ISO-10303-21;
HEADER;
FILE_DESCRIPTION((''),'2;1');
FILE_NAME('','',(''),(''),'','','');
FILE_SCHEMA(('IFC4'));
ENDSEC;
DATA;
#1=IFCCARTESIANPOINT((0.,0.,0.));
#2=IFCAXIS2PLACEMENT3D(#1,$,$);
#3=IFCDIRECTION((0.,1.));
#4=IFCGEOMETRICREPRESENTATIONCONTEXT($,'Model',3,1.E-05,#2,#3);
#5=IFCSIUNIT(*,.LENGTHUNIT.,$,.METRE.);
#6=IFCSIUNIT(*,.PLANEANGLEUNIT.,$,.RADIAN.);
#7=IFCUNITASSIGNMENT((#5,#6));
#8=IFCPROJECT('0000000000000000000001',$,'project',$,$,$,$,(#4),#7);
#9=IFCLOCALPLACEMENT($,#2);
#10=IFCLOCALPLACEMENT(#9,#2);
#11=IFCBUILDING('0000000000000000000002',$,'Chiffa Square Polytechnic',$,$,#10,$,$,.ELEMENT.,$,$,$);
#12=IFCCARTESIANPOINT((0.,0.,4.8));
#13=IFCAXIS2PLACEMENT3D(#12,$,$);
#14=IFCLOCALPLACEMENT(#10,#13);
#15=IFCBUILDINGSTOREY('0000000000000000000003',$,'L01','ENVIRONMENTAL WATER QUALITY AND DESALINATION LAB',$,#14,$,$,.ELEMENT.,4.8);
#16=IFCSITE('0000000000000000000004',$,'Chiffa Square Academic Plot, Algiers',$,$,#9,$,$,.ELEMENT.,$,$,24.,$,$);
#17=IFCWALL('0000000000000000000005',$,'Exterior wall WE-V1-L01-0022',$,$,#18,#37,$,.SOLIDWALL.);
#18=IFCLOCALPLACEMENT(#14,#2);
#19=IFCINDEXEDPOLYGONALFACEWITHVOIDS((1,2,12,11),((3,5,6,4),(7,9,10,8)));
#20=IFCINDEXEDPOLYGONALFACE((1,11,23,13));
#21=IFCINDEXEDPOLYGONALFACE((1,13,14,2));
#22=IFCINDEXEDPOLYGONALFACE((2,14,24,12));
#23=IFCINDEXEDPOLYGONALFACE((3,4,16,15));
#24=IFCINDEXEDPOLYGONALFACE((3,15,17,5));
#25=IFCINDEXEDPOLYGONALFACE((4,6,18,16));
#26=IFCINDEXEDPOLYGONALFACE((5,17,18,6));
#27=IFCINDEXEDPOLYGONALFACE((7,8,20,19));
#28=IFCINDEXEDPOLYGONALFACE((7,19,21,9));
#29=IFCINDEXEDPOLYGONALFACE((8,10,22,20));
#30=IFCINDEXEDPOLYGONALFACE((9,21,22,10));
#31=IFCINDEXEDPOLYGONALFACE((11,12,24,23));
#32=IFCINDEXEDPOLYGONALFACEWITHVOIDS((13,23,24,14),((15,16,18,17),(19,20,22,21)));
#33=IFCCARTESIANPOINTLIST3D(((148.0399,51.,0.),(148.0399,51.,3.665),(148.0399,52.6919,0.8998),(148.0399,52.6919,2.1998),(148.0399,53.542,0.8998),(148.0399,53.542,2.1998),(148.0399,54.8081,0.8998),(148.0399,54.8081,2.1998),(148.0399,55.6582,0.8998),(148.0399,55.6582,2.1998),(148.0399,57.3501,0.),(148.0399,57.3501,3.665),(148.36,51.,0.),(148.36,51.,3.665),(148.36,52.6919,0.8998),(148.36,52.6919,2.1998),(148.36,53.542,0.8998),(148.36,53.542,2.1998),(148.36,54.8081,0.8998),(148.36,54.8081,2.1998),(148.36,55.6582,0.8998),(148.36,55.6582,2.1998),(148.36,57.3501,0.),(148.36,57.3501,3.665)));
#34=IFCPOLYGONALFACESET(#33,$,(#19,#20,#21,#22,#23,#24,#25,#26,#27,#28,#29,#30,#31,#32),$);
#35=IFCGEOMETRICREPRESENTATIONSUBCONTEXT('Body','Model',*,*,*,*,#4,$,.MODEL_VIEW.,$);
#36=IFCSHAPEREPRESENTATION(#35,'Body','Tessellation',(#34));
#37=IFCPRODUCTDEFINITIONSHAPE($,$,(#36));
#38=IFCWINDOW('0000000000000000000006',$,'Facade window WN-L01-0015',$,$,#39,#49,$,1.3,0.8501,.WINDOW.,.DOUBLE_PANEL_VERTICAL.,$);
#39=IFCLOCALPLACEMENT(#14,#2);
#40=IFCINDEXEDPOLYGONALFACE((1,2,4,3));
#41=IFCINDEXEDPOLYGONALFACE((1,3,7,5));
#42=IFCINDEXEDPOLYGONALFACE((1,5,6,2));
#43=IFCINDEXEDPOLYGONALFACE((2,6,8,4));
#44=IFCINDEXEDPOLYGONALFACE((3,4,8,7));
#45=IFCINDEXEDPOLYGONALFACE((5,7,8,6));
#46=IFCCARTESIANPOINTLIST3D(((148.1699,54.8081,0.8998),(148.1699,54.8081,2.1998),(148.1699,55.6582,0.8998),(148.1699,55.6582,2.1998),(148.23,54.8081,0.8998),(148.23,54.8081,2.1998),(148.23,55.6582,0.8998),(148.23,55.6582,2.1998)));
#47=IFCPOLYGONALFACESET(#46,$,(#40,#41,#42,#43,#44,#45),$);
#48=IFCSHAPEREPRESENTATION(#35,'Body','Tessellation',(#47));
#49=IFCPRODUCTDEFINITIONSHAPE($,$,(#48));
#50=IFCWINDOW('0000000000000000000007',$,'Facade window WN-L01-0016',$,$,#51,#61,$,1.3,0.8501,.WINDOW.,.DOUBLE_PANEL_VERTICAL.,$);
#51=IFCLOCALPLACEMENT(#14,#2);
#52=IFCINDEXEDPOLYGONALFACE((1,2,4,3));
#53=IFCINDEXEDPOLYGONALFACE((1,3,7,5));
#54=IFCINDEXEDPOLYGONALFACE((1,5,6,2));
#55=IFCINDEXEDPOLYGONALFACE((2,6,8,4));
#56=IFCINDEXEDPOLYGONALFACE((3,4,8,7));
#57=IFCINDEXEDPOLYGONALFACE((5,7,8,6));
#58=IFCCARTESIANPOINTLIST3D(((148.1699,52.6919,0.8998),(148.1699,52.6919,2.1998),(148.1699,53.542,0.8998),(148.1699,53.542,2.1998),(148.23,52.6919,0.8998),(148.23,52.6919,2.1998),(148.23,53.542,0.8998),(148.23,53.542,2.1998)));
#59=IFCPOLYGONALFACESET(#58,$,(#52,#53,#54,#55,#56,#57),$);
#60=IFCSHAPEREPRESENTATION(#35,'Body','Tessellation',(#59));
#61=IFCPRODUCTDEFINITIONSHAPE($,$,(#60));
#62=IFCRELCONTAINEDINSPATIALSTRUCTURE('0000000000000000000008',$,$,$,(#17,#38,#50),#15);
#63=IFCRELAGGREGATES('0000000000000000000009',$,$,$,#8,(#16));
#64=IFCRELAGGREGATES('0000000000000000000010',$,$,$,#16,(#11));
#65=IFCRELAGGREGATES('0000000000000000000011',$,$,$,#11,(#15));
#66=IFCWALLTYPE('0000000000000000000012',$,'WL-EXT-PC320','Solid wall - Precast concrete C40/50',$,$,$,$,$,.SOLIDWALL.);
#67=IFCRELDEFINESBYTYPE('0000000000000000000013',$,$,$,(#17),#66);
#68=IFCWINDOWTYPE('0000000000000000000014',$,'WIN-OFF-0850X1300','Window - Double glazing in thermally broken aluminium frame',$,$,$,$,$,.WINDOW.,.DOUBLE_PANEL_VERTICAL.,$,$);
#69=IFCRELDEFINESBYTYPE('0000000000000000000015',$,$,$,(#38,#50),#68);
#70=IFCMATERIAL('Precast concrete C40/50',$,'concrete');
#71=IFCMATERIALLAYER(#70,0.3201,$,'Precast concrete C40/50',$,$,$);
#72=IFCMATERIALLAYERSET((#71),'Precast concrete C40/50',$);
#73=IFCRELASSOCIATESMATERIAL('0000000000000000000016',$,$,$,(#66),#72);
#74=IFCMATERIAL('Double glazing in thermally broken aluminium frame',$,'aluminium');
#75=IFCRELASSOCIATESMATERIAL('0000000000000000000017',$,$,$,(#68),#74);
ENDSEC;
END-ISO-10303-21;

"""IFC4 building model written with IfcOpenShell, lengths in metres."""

from ifc_helpers import new_model, si_unit, direction, frame, frame_2d, origin, place, context, subcontext, project, spatial, rectangle, extrude, material, layer, layer_set, type_object, element, fill, save


model = new_model("IFC4")

# Units and contexts
model_context = context("Model", 3, precision=1e-05, world=origin(), true_north=direction((0.0, 1.0)))
body_context = subcontext(model_context, "Body", "Model", "MODEL_VIEW")
ifc_project = project(units=[si_unit("LENGTHUNIT", "METRE"), si_unit("PLANEANGLEUNIT", "RADIAN")], contexts=[model_context])

# Site, building, storey
site_placement = place(None, origin())
site = spatial("IfcSite", under=ifc_project, at=site_placement, Name="Chiffa Square Academic Plot, Algiers", CompositionType="ELEMENT", RefElevation=24.0)
building_placement = place(site_placement, origin())
building = spatial("IfcBuilding", under=site, at=building_placement, Name="Chiffa Square Polytechnic", CompositionType="ELEMENT")
storey_placement = place(building_placement, frame((0.0, 0.0, 4.8)))
storey = spatial("IfcBuildingStorey", under=building, at=storey_placement, Name="L01", Description="ENVIRONMENTAL WATER QUALITY AND DESALINATION LAB", CompositionType="ELEMENT", Elevation=4.8)

# Shared definitions
ifc_material_1 = material(Name="Precast concrete C40/50", Category="concrete")

# Wall, openings, windows
ifc_layer_1 = layer(ifc_material_1, 0.3201, Name="Precast concrete C40/50")
ifc_layer_set_1 = layer_set([ifc_layer_1], Name="Precast concrete C40/50")
wall_type_1 = type_object("IfcWallType", Name="WL-EXT-PC320", Description="Solid wall - Precast concrete C40/50", PredefinedType="SOLIDWALL", material=ifc_layer_set_1)
wall_placement = place(storey_placement, frame((148.2, 57.3501, 0.0), z_axis=(0.0, 0.0, 1.0), x_axis=(0.0, -1.0, 0.0)))
wall = element("IfcWall", 1, at=wall_placement, inside=storey, type_object=wall_type_1, Name="Exterior wall WE-V1-L01-0022", PredefinedType="SOLIDWALL", context=body_context, shape_type="SweptSolid", body=[
    extrude(rectangle(XDim=6.3501, YDim=0.3201, at=frame_2d((3.175, 0.0))), origin(), (0.0, 0.0, 1.0), 3.665),
])
opening_1_placement = place(wall_placement, frame((1.6919, 0.0, 0.8999)))
opening_1 = element("IfcOpeningElement", 2, at=opening_1_placement, cuts=wall, PredefinedType="OPENING", context=body_context, shape_type="SweptSolid", body=[
    extrude(rectangle(XDim=0.8501, YDim=1.3, at=frame_2d((0.425, 0.6499))), frame((0.0, 0.1699, 0.0), z_axis=(0.0, -1.0, 0.0), x_axis=(1.0, 0.0, 0.0)), (0.0, 0.0, 1.0), 0.3401),
])
opening_2_placement = place(wall_placement, frame((3.8081, 0.0, 0.8999)))
opening_2 = element("IfcOpeningElement", 3, at=opening_2_placement, cuts=wall, PredefinedType="OPENING", context=body_context, shape_type="SweptSolid", body=[
    extrude(rectangle(XDim=0.8501, YDim=1.3, at=frame_2d((0.425, 0.6499))), frame((0.0, 0.1699, 0.0), z_axis=(0.0, -1.0, 0.0), x_axis=(1.0, 0.0, 0.0)), (0.0, 0.0, 1.0), 0.3401),
])
ifc_material_2 = material(Name="Double glazing in thermally broken aluminium frame", Category="aluminium")
window_type = type_object("IfcWindowType", Name="WIN-OFF-0850X1300", Description="Window - Double glazing in thermally broken aluminium frame", PartitioningType="DOUBLE_PANEL_VERTICAL", PredefinedType="WINDOW", material=ifc_material_2)
window_1_placement = place(opening_1_placement, origin())
window_1 = element("IfcWindow", 4, at=window_1_placement, inside=storey, type_object=window_type, Name="Facade window WN-L01-0015", OverallHeight=1.3, OverallWidth=0.8501, PartitioningType="DOUBLE_PANEL_VERTICAL", PredefinedType="WINDOW", context=body_context, shape_type="SweptSolid", body=[
    extrude(rectangle(XDim=0.8501, YDim=1.3, at=frame_2d((0.425, 0.6499))), frame((0.0, 0.03, 0.0), z_axis=(0.0, -1.0, 0.0), x_axis=(1.0, 0.0, 0.0)), (0.0, 0.0, 1.0), 0.0601),
])
fill(opening_1, window_1)
window_2_placement = place(opening_2_placement, origin())
window_2 = element("IfcWindow", 5, at=window_2_placement, inside=storey, type_object=window_type, Name="Facade window WN-L01-0016", OverallHeight=1.3, OverallWidth=0.8501, PartitioningType="DOUBLE_PANEL_VERTICAL", PredefinedType="WINDOW", context=body_context, shape_type="SweptSolid", body=[
    extrude(rectangle(XDim=0.8501, YDim=1.3, at=frame_2d((0.425, 0.6499))), frame((0.0, 0.03, 0.0), z_axis=(0.0, -1.0, 0.0), x_axis=(1.0, 0.0, 0.0)), (0.0, 0.0, 1.0), 0.0601),
])
fill(opening_2, window_2)

save(model, "model.ifc")
